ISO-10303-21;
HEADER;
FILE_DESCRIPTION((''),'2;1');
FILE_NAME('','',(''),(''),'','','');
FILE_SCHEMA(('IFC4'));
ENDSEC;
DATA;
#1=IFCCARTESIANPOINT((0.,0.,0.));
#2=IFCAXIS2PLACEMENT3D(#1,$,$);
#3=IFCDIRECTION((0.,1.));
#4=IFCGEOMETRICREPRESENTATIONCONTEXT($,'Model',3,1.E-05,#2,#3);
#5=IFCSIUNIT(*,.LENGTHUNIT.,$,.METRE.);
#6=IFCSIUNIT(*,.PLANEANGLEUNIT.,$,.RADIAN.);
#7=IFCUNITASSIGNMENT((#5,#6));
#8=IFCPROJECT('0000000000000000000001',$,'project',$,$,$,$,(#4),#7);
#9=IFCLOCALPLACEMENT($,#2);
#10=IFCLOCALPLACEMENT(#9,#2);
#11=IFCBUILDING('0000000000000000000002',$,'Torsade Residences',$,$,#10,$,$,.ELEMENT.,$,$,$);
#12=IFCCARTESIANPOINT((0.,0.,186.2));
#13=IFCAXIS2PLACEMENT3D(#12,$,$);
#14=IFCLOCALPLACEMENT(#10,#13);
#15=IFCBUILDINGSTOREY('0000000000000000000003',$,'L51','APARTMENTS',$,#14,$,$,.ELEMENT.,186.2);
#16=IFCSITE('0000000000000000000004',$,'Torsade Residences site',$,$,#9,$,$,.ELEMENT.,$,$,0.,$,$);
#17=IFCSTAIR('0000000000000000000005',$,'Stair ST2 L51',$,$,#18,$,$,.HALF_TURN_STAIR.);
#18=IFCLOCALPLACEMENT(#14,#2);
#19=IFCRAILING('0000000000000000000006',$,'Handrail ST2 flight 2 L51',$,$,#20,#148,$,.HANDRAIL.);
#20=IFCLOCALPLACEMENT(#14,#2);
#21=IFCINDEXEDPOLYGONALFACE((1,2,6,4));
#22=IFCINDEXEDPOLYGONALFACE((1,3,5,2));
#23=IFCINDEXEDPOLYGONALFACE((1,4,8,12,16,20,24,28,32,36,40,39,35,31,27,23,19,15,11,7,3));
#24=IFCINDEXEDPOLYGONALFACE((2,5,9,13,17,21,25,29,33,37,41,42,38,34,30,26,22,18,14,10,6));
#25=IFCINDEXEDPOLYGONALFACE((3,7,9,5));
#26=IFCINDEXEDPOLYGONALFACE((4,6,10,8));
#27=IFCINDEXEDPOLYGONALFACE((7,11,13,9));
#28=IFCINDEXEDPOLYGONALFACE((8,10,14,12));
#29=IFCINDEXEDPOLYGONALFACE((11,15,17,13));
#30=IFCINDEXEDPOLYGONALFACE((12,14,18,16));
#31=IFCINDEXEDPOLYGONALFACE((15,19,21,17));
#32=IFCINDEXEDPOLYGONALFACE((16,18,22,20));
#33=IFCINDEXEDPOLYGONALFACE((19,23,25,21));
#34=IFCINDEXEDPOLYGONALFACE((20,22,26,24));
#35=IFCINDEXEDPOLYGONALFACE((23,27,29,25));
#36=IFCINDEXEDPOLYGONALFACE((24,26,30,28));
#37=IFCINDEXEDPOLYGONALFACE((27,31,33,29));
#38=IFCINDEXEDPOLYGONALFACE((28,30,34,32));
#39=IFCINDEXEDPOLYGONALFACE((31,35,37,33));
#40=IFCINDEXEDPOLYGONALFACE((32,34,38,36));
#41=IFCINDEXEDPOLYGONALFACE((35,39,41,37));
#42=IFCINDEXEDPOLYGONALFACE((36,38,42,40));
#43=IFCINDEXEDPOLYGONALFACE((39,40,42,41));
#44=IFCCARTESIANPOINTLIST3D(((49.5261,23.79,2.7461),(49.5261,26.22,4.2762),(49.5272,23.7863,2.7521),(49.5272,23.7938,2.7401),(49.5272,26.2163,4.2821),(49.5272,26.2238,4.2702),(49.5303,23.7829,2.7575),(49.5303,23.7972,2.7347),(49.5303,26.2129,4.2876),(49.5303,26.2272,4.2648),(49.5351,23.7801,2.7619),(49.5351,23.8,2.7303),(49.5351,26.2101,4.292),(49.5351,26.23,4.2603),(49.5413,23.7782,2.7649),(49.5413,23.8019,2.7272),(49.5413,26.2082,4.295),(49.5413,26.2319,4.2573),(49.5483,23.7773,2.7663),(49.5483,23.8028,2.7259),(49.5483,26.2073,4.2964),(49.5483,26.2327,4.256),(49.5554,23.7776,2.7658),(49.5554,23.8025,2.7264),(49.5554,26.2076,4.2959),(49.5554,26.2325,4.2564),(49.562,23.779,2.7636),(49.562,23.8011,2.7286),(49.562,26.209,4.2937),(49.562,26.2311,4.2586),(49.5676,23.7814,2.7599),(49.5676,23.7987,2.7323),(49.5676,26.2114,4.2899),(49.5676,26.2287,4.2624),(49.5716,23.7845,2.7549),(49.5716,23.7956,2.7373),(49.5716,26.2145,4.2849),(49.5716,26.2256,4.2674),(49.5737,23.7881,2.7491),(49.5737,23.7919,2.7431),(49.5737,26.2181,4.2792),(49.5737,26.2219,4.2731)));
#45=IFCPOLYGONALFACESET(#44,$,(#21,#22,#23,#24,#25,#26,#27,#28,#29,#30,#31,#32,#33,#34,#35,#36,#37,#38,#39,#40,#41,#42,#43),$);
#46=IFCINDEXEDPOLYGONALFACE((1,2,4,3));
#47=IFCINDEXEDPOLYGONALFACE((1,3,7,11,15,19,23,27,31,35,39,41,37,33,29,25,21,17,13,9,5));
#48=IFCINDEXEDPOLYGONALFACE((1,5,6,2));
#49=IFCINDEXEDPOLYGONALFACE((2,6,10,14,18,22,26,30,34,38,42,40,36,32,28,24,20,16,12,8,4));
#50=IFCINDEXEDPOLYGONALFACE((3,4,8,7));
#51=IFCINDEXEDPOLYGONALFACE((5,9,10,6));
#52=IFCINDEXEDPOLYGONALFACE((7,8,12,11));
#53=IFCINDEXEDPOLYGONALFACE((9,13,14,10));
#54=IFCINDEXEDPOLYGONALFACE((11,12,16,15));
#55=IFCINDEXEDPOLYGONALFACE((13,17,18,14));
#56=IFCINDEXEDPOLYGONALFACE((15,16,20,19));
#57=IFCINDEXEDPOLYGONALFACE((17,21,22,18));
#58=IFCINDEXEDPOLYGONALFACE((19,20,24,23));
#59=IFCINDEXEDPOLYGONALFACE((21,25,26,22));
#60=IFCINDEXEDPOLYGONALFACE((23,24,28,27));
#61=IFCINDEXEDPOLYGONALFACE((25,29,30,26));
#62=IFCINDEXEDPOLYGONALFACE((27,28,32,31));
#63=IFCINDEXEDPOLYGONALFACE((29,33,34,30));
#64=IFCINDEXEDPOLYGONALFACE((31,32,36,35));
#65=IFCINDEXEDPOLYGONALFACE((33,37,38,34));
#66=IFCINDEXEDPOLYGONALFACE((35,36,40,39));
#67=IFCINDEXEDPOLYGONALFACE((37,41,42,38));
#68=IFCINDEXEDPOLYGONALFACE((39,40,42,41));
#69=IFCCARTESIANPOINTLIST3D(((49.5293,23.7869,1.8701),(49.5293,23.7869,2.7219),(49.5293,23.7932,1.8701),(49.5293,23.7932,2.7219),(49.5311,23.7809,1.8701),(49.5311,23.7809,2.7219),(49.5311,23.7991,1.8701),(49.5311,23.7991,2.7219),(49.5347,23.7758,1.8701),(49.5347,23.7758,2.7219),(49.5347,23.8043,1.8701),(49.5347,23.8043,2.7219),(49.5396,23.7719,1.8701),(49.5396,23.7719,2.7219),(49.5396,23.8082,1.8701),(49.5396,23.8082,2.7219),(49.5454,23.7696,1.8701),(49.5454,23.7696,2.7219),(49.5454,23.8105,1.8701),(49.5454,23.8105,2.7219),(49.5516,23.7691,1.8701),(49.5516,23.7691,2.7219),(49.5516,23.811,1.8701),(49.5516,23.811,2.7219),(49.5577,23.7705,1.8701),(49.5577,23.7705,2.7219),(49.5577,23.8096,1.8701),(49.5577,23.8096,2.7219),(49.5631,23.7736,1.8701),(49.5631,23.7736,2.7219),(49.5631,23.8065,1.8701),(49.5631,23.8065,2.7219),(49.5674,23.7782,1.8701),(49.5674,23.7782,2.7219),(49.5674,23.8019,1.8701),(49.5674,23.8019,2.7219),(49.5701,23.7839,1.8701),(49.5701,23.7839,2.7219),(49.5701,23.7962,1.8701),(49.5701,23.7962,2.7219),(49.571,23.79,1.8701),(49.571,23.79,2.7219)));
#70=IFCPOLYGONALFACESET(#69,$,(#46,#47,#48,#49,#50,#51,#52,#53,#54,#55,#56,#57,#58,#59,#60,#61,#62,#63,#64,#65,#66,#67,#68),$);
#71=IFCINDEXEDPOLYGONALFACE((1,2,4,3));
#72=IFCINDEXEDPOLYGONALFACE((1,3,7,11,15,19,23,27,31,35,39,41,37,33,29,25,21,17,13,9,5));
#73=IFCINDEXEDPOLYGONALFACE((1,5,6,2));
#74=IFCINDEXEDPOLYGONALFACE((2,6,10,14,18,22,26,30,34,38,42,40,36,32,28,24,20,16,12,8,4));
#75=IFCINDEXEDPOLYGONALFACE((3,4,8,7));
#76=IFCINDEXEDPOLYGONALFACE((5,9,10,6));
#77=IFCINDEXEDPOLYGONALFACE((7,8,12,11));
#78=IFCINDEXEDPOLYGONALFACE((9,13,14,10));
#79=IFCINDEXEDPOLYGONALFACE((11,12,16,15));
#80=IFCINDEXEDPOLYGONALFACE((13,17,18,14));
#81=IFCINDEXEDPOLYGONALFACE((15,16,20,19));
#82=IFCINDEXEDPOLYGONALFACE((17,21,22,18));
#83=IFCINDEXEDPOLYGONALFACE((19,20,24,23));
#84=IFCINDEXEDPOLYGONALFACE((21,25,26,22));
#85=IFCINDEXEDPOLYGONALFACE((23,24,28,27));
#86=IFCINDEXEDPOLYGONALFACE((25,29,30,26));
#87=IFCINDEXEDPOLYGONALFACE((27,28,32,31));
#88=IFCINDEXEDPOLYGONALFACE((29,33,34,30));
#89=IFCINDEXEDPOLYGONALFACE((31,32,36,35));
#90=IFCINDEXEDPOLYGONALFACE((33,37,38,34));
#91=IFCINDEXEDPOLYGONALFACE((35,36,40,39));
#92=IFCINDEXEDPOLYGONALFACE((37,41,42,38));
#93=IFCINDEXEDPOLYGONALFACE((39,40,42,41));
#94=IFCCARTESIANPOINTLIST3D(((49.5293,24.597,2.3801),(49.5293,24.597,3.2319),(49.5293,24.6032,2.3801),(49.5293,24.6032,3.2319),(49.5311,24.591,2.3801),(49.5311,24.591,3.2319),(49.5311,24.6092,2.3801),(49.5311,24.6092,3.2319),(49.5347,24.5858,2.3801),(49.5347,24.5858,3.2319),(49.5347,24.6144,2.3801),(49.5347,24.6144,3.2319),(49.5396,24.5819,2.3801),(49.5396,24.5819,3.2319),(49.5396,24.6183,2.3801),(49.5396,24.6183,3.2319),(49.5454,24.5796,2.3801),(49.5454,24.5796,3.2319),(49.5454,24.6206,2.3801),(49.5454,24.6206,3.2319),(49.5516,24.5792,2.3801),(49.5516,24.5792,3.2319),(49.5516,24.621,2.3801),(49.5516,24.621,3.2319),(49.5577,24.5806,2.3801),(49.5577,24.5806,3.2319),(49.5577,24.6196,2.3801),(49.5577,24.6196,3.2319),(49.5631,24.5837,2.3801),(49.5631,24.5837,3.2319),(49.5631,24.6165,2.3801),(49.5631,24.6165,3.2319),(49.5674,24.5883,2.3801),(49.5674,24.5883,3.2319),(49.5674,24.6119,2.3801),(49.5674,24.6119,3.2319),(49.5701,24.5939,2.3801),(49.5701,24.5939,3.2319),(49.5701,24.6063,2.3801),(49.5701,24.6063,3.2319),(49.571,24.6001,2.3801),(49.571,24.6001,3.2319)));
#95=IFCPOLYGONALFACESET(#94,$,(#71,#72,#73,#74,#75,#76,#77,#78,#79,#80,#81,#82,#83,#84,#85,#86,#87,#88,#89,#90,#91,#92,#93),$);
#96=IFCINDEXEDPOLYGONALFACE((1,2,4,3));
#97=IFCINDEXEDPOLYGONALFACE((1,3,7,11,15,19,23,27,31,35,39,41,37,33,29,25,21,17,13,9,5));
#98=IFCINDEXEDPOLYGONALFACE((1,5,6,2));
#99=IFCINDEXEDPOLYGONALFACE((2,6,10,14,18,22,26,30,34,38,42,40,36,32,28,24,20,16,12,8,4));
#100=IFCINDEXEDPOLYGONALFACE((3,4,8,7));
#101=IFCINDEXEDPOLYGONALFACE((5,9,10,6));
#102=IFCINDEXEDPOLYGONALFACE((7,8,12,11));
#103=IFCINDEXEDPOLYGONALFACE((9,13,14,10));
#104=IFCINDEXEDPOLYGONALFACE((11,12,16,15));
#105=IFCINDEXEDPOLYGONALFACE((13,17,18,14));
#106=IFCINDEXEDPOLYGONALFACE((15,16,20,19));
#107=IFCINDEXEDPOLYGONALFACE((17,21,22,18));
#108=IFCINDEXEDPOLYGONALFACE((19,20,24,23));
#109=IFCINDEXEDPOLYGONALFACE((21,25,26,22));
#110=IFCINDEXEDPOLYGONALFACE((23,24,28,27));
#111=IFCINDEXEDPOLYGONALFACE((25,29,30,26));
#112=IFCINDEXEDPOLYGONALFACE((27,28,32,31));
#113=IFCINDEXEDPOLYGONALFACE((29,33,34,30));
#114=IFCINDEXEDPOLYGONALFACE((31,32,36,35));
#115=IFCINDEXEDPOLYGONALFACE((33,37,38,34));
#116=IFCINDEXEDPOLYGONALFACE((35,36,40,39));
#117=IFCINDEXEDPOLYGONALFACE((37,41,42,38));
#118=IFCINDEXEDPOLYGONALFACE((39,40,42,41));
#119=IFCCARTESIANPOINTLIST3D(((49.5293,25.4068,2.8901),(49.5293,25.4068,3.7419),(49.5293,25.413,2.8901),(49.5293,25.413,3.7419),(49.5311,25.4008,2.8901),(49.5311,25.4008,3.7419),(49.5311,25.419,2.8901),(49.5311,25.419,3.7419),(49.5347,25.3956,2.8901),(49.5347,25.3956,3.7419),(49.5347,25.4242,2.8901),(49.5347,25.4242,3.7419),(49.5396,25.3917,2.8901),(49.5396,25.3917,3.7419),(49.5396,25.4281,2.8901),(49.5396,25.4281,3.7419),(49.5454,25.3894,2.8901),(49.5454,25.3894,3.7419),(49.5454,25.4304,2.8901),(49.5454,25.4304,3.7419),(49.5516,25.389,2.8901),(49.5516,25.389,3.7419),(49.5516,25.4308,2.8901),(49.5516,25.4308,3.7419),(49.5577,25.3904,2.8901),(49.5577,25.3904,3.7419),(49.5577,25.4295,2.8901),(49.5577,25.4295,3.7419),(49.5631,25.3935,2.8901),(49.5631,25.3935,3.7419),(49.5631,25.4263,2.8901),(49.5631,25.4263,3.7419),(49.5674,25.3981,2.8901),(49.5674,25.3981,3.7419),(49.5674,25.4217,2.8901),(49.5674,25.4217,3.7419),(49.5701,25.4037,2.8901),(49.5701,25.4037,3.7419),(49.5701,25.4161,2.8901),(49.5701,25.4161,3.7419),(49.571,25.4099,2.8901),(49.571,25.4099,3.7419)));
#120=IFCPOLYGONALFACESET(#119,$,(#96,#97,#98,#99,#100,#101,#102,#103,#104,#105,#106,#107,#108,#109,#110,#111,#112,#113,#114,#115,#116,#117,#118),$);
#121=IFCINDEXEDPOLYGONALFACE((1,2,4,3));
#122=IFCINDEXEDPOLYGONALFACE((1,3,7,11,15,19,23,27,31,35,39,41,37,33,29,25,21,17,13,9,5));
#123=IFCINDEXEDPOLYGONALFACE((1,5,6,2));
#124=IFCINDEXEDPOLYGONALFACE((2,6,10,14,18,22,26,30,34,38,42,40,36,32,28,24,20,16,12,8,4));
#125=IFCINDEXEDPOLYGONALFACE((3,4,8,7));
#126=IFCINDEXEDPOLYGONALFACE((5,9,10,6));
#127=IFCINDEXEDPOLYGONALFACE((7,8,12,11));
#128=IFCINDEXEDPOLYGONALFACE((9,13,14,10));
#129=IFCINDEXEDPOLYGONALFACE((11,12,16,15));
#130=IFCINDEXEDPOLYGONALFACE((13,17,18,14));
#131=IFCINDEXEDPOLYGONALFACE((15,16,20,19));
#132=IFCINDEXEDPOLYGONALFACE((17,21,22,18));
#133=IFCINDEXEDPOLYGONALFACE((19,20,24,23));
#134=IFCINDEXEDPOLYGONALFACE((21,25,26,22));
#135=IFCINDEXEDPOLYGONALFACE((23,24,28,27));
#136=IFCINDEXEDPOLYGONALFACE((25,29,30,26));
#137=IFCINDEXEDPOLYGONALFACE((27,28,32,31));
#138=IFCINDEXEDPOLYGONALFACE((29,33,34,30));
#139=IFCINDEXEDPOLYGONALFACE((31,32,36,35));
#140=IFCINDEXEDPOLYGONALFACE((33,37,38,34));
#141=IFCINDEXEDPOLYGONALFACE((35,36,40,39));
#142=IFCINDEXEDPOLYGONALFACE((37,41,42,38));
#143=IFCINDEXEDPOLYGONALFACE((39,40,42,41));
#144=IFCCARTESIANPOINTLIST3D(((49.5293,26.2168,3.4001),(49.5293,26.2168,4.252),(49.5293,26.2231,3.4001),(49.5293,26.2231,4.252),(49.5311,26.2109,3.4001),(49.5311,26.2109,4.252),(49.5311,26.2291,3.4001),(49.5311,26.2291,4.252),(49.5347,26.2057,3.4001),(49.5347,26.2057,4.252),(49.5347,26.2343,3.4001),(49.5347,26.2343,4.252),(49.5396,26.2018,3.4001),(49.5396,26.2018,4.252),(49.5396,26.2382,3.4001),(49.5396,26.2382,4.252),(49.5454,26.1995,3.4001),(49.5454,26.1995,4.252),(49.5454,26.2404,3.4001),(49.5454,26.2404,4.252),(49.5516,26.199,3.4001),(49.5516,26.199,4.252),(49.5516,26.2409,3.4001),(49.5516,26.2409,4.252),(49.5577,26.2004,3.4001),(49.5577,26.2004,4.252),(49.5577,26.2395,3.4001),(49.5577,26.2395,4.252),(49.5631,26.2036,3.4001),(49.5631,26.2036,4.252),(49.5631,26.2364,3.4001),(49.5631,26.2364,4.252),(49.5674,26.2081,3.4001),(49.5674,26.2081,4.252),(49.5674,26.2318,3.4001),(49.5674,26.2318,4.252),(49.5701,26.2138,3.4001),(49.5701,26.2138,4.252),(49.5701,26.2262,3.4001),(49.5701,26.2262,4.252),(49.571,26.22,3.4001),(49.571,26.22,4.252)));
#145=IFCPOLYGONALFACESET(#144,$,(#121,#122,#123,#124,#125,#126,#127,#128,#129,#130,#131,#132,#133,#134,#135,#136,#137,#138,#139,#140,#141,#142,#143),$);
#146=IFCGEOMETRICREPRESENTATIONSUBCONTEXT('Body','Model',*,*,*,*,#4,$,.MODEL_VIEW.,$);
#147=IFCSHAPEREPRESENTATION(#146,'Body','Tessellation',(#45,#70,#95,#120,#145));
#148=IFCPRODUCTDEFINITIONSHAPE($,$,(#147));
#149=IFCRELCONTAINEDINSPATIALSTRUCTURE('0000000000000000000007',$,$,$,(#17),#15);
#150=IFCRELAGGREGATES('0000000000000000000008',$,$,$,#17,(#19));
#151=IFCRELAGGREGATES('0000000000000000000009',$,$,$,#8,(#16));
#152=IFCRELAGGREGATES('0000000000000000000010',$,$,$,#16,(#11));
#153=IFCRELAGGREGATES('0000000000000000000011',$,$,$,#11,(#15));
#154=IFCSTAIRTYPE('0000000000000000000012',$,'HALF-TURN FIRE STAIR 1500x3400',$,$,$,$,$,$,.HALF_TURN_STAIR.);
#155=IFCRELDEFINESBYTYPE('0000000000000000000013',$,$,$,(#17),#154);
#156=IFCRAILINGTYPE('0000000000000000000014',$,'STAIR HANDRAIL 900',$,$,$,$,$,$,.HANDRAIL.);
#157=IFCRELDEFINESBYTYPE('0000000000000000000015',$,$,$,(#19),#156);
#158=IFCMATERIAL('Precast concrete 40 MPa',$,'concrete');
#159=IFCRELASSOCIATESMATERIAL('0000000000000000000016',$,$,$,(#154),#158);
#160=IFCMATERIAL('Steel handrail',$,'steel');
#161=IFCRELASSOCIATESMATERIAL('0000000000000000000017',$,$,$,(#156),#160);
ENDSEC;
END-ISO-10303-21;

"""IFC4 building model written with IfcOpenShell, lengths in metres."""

from ifc_helpers import new_model, si_unit, direction, frame, origin, origin_2d, place, context, subcontext, project, spatial, circle, extrude, material, type_object, element, aggregate, save


model = new_model("IFC4")

# Units and contexts
model_context = context("Model", 3, precision=1e-05, world=origin(), true_north=direction((0.0, 1.0)))
body_context = subcontext(model_context, "Body", "Model", "MODEL_VIEW")
ifc_project = project(units=[si_unit("LENGTHUNIT", "METRE"), si_unit("PLANEANGLEUNIT", "RADIAN")], contexts=[model_context])

# Site, building, storey
site_placement = place(None, origin())
site = spatial("IfcSite", under=ifc_project, at=site_placement, Name="Torsade Residences site", CompositionType="ELEMENT", RefElevation=0.0)
building_placement = place(site_placement, origin())
building = spatial("IfcBuilding", under=site, at=building_placement, Name="Torsade Residences", CompositionType="ELEMENT")
storey_placement = place(building_placement, frame((0.0, 0.0, 186.2)))
storey = spatial("IfcBuildingStorey", under=building, at=storey_placement, Name="L51", Description="APARTMENTS", CompositionType="ELEMENT", Elevation=186.2)

# Stair, railing
ifc_material_1 = material(Name="Precast concrete 40 MPa", Category="concrete")
stair_type = type_object("IfcStairType", Name="HALF-TURN FIRE STAIR 1500x3400", PredefinedType="HALF_TURN_STAIR", material=ifc_material_1)
stair_placement = place(storey_placement, origin())
stair = element("IfcStair", 1, at=stair_placement, inside=storey, type_object=stair_type, Name="Stair ST2 L51", PredefinedType="HALF_TURN_STAIR")
ifc_material_2 = material(Name="Steel handrail", Category="steel")
railing_type = type_object("IfcRailingType", Name="STAIR HANDRAIL 900", PredefinedType="HANDRAIL", material=ifc_material_2)
railing_1_placement = place(storey_placement, frame((49.55, 23.79, 1.8701)))
railing_1 = element("IfcRailing", 2, at=railing_1_placement, type_object=railing_type, Name="Handrail ST2 flight 2 L51", PredefinedType="HANDRAIL", context=body_context, shape_type="SweptSolid", body=[
    extrude(circle(Radius=0.0239, at=origin_2d()), frame((0.0, 0.0, 0.876), z_axis=(0.0, 0.846221, 0.532831), x_axis=(-1.0, 0.0, 0.0)), (0.0, 0.0, 1.0), 2.8716),
    extrude(circle(Radius=0.021, at=origin_2d()), origin(), (0.0, 0.0, 1.0), 0.8518),
    extrude(circle(Radius=0.021, at=origin_2d()), frame((0.0, 0.8101, 0.51)), (0.0, 0.0, 1.0), 0.8518),
    extrude(circle(Radius=0.021, at=origin_2d()), frame((0.0, 1.6199, 1.02)), (0.0, 0.0, 1.0), 0.8518),
    extrude(circle(Radius=0.021, at=origin_2d()), frame((0.0, 2.4299, 1.53)), (0.0, 0.0, 1.0), 0.8518),
])
aggregate(stair, [railing_1])

save(model, "model.ifc")
